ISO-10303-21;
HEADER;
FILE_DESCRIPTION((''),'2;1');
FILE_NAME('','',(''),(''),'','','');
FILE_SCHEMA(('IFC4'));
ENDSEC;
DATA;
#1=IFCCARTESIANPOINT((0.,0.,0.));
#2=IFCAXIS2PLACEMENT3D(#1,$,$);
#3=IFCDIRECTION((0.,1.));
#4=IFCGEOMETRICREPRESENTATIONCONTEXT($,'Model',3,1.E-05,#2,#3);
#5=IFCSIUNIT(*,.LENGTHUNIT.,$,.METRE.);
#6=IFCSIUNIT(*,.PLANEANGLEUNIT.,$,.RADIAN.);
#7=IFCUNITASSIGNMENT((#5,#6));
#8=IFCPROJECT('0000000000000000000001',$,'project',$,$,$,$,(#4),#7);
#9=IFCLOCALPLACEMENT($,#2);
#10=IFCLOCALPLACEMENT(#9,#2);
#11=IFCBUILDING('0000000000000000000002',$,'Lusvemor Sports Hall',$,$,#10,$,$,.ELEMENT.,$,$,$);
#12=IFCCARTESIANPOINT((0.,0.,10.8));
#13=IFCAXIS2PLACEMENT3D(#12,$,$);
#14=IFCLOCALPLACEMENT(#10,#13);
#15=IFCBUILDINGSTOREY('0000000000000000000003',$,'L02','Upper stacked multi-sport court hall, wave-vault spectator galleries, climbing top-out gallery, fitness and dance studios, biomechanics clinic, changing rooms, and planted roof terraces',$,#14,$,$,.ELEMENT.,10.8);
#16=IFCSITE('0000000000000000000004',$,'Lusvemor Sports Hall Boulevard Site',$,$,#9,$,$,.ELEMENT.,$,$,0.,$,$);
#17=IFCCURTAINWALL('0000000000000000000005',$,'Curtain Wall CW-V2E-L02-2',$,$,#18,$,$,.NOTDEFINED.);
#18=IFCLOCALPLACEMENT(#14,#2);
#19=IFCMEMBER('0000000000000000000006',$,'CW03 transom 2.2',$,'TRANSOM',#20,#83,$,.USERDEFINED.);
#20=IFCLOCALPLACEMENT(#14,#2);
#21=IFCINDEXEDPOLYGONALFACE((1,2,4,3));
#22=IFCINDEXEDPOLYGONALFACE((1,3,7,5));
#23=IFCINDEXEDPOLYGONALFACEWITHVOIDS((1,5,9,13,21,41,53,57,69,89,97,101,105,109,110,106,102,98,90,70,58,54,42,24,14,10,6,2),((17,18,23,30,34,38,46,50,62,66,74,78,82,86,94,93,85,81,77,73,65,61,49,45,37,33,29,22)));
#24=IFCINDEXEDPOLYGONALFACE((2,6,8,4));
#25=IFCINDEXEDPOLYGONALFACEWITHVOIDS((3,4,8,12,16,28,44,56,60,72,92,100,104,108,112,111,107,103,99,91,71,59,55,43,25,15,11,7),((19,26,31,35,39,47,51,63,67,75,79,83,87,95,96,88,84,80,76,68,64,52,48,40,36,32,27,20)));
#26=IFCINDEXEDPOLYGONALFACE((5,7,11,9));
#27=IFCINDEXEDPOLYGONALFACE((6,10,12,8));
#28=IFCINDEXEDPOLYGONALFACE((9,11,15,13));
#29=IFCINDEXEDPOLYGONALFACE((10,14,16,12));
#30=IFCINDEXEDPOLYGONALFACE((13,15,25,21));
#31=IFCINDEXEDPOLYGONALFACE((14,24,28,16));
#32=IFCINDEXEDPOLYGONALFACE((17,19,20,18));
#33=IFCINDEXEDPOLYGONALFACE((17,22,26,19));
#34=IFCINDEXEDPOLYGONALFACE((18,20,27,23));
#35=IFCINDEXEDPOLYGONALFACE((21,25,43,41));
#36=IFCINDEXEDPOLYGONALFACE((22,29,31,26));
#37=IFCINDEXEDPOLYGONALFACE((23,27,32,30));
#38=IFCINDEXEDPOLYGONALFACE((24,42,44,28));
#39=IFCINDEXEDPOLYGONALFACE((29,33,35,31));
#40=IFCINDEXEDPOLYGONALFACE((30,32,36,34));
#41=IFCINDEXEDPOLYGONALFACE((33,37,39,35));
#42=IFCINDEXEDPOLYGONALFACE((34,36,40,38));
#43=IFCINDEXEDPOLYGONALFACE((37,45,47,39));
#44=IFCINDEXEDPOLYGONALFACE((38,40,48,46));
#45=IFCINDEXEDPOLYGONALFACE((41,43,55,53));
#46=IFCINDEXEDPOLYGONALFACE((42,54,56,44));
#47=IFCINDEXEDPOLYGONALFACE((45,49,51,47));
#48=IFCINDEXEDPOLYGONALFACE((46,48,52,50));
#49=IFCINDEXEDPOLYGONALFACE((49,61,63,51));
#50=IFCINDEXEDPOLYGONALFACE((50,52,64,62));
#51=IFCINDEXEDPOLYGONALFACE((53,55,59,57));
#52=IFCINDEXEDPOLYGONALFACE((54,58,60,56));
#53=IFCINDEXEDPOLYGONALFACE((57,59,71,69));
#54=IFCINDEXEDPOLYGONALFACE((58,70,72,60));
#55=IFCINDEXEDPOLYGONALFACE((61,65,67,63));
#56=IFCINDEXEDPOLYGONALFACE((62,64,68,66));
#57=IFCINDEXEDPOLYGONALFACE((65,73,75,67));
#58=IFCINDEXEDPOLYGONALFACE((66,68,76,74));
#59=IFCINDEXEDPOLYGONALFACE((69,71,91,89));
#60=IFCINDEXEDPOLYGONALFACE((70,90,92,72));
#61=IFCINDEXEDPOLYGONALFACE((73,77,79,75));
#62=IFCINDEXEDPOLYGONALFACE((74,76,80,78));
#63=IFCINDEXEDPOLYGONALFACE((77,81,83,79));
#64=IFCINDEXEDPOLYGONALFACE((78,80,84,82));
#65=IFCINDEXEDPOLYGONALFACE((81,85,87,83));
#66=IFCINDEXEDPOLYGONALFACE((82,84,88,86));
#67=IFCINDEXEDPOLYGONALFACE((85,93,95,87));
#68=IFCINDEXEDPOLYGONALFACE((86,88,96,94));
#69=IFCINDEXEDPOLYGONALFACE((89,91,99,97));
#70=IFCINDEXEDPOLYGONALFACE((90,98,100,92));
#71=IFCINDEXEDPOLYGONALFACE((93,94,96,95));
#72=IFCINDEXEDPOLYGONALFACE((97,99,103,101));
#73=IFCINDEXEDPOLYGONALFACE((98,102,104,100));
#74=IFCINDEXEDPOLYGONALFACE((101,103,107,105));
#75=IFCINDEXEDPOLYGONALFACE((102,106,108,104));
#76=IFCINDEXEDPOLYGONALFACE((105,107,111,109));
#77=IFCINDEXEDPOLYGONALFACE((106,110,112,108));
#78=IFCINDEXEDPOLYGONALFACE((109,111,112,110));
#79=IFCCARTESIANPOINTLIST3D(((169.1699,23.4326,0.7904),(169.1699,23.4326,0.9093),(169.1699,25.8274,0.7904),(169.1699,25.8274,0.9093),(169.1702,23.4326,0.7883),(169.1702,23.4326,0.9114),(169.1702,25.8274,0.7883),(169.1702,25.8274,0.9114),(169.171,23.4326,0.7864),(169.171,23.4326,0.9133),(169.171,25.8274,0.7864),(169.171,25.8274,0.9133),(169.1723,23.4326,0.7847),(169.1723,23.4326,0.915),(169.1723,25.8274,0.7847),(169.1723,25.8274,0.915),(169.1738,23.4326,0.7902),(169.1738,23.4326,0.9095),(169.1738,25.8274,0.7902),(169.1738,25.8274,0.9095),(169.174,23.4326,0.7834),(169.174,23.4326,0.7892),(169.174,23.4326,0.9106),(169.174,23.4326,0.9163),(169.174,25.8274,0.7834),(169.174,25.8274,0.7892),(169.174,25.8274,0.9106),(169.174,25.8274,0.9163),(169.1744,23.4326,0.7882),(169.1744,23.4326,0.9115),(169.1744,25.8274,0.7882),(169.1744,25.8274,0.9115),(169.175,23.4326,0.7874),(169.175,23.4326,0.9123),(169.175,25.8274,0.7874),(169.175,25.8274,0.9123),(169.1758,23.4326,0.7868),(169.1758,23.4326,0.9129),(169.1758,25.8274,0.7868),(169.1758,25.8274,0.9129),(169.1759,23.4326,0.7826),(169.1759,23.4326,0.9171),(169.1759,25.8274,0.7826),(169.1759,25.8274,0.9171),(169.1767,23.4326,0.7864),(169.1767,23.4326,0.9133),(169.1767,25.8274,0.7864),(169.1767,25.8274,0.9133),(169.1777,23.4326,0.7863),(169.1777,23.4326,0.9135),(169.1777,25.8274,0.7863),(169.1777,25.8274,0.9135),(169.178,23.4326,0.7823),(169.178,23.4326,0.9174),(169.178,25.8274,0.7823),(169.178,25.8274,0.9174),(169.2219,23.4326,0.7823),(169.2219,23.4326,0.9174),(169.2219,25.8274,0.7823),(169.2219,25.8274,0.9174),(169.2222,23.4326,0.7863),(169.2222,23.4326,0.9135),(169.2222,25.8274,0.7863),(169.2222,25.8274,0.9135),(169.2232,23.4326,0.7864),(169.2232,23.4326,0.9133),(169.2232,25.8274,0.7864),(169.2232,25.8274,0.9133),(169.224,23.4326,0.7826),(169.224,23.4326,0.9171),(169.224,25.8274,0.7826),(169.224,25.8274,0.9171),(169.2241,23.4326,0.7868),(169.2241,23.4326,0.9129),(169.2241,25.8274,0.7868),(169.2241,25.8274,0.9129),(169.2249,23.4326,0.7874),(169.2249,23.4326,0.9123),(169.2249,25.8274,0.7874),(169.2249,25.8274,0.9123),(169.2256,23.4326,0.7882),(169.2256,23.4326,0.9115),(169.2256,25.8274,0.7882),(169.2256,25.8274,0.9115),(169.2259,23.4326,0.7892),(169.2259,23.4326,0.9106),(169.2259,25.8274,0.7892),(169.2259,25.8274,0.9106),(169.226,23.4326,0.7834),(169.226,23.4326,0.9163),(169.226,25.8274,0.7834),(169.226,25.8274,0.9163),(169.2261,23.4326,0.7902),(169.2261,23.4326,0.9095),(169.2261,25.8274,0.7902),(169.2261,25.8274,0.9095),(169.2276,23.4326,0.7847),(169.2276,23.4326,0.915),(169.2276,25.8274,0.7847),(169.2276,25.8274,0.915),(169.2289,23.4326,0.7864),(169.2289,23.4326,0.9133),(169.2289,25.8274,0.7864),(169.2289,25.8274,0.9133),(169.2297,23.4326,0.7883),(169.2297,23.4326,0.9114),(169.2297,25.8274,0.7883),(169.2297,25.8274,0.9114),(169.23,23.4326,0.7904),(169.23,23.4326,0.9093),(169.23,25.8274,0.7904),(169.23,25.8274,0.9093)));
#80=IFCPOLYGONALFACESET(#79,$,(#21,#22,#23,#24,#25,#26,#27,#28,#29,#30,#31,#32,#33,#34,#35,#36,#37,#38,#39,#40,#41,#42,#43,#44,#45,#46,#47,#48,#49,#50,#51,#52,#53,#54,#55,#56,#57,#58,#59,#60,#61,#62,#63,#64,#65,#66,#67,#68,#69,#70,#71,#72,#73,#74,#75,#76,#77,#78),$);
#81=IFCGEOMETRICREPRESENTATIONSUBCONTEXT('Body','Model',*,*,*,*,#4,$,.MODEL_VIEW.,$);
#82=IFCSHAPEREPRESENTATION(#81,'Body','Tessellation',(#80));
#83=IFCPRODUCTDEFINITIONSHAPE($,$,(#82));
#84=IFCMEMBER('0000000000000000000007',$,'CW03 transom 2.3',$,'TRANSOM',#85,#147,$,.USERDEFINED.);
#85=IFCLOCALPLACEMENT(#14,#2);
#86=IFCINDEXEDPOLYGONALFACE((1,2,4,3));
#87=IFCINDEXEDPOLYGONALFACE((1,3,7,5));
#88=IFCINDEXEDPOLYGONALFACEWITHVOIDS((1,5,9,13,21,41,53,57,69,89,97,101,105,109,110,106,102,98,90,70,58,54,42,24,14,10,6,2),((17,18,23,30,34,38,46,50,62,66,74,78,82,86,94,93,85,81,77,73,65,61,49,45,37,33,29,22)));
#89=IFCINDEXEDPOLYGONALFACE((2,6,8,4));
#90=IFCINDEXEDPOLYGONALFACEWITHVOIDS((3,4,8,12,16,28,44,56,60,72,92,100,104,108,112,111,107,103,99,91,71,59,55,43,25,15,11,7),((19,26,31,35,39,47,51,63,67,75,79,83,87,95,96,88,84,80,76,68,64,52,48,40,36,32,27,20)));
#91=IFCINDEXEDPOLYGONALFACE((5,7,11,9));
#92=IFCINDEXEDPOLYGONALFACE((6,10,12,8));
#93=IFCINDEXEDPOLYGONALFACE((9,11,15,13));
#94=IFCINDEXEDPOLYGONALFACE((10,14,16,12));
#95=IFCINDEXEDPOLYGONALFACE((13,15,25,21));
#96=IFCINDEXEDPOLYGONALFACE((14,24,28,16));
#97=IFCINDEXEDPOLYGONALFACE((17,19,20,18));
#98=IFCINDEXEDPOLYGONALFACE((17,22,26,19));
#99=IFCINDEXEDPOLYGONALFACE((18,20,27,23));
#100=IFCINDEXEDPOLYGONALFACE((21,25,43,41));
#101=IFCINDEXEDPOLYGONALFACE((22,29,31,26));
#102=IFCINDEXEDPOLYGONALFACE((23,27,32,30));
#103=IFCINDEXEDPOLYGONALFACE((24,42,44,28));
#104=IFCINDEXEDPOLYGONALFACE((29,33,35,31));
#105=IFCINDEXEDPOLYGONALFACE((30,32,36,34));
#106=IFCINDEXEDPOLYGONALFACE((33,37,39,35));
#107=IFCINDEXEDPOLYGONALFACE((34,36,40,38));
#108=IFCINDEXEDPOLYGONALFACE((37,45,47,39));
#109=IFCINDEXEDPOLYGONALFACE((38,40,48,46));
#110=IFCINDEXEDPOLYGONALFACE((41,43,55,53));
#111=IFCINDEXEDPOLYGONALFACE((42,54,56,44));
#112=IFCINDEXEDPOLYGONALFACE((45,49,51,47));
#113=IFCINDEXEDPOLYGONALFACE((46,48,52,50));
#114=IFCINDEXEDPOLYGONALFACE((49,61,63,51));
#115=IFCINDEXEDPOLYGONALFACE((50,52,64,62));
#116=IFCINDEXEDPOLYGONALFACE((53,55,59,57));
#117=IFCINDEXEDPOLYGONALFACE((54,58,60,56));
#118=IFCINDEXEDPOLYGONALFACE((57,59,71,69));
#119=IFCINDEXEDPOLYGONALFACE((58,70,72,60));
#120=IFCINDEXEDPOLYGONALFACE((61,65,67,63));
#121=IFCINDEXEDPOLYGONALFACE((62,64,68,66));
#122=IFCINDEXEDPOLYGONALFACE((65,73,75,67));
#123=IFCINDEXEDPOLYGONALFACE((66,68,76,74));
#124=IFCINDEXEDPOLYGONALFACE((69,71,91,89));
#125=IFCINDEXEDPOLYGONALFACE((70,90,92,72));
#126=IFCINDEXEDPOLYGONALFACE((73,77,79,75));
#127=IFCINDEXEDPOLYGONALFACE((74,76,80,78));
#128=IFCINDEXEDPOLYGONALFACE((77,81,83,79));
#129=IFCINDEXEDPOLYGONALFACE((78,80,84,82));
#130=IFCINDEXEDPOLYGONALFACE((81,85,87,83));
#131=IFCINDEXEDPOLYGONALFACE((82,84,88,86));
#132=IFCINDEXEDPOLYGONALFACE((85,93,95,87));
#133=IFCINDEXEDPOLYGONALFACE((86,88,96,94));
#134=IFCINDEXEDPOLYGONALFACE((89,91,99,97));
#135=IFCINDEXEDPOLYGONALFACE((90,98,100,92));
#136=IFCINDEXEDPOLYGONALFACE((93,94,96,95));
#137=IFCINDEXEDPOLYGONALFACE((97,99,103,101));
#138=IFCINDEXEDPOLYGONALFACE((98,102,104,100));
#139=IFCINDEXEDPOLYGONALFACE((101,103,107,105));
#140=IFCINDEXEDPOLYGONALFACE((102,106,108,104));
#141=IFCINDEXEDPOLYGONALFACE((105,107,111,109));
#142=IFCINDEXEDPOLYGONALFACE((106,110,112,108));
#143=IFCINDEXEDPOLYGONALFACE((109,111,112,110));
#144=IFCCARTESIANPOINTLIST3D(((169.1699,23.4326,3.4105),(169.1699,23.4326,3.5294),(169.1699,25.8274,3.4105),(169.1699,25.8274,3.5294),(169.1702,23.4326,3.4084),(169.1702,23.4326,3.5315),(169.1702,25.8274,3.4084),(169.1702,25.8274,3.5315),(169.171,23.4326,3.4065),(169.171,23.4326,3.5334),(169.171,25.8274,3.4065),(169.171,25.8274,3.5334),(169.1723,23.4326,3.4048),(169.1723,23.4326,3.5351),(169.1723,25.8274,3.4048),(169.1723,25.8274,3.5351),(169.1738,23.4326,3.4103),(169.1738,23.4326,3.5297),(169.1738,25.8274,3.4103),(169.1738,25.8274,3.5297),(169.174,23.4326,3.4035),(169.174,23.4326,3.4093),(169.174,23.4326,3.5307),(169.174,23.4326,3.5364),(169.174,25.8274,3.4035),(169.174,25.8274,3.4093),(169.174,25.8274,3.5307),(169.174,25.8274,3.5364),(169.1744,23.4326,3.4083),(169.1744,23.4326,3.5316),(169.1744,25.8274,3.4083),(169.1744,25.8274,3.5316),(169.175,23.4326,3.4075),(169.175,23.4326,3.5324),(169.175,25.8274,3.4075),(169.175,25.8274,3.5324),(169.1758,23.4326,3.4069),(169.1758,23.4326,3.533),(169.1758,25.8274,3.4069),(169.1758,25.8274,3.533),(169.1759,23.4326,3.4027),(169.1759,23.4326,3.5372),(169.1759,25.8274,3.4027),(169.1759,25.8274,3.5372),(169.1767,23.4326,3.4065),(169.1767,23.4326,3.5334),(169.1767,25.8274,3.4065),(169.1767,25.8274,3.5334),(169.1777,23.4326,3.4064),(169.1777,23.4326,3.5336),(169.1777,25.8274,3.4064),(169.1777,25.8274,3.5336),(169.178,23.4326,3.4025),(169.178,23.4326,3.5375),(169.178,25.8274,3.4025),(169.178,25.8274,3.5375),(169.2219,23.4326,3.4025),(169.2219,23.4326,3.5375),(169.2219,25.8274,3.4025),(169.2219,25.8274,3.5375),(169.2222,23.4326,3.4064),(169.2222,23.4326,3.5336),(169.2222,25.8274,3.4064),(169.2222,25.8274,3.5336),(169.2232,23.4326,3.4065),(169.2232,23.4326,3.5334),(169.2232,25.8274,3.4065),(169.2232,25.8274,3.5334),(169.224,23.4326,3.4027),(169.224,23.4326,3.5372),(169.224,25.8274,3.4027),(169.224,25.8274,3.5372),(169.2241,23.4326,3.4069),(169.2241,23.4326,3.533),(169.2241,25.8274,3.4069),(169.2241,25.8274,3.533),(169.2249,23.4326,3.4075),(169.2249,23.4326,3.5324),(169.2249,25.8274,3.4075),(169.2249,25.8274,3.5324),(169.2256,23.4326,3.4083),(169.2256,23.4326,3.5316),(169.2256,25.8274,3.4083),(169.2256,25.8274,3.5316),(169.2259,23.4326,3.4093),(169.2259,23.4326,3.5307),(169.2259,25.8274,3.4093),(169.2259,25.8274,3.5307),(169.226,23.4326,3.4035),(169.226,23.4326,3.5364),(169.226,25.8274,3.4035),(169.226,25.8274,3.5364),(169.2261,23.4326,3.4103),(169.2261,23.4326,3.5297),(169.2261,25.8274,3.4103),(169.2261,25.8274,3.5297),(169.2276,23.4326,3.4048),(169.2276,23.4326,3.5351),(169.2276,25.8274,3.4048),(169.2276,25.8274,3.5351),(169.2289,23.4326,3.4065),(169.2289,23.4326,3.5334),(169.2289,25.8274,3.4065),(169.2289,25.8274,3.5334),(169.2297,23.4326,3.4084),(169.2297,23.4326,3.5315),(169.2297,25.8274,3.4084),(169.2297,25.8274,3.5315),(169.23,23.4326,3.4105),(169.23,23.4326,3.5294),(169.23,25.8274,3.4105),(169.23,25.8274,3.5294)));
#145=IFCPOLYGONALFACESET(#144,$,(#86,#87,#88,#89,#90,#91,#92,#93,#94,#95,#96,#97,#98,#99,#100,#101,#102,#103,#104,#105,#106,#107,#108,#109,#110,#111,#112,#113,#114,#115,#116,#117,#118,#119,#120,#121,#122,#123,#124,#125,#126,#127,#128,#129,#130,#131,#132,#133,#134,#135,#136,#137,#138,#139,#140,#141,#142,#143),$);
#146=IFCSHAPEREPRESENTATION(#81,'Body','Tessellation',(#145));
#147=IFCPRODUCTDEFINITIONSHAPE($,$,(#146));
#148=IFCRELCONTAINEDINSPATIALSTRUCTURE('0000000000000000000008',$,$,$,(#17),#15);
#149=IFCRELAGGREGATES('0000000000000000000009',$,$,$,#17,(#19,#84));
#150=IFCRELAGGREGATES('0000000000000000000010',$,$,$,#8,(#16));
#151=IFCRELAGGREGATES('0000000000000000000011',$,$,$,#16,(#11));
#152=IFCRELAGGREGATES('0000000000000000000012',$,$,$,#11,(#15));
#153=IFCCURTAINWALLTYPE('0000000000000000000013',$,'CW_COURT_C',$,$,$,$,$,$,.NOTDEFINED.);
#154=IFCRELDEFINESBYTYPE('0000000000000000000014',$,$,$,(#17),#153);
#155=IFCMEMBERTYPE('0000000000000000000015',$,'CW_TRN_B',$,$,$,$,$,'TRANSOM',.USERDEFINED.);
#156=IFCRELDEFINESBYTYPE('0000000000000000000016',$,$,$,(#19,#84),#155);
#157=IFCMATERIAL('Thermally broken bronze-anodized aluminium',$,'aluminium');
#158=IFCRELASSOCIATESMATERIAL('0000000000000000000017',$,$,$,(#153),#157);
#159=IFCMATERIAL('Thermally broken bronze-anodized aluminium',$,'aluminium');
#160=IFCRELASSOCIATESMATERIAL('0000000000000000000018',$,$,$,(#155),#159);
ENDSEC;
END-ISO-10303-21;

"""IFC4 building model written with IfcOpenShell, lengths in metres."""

from ifc_helpers import new_model, si_unit, direction, frame, origin, origin_2d, place, context, subcontext, project, spatial, hollow_rectangle, extrude, material, material_profile, profile_set, type_object, element, aggregate, save


model = new_model("IFC4")

# Units and contexts
model_context = context("Model", 3, precision=1e-05, world=origin(), true_north=direction((0.0, 1.0)))
body_context = subcontext(model_context, "Body", "Model", "MODEL_VIEW")
ifc_project = project(units=[si_unit("LENGTHUNIT", "METRE"), si_unit("PLANEANGLEUNIT", "RADIAN")], contexts=[model_context])

# Site, building, storey
site_placement = place(None, origin())
site = spatial("IfcSite", under=ifc_project, at=site_placement, Name="Lusvemor Sports Hall Boulevard Site", CompositionType="ELEMENT", RefElevation=0.0)
building_placement = place(site_placement, origin())
building = spatial("IfcBuilding", under=site, at=building_placement, Name="Lusvemor Sports Hall", CompositionType="ELEMENT")
storey_placement = place(building_placement, frame((0.0, 0.0, 10.8)))
storey = spatial("IfcBuildingStorey", under=building, at=storey_placement, Name="L02", Description="Upper stacked multi-sport court hall, wave-vault spectator galleries, climbing top-out gallery, fitness and dance studios, biomechanics clinic, changing rooms, and planted roof terraces", CompositionType="ELEMENT", Elevation=10.8)

# Curtain wall
ifc_material_1 = material(Name="Thermally broken bronze-anodized aluminium", Category="aluminium")
curtain_wall_type = type_object("IfcCurtainWallType", Name="CW_COURT_C", PredefinedType="NOTDEFINED", material=ifc_material_1)
curtain_wall_1_placement = place(storey_placement, origin())
curtain_wall_1 = element("IfcCurtainWall", 1, at=curtain_wall_1_placement, inside=storey, type_object=curtain_wall_type, Name="Curtain Wall CW-V2E-L02-2", PredefinedType="NOTDEFINED")

# Members
ifc_material_2 = material(Name="Thermally broken bronze-anodized aluminium", Category="aluminium")
ifc_material_profile_1 = material_profile(ifc_material_2, hollow_rectangle(XDim=0.0601, YDim=0.135, WallThickness=0.0039, InnerFilletRadius=0.0039, OuterFilletRadius=0.0081, at=origin_2d()), Name="CWTRN135x60x4")
ifc_profile_set_1 = profile_set([ifc_material_profile_1], Name="Thermally broken bronze-anodized aluminium")
member_type_1 = type_object("IfcMemberType", Name="CW_TRN_B", ElementType="TRANSOM", PredefinedType="USERDEFINED", material=ifc_profile_set_1)
member_1_placement = place(storey_placement, frame((169.2, 25.8274, 0.8499), z_axis=(0.0, -1.0, 0.0), x_axis=(1.0, 0.0, 0.0)))
member_1 = element("IfcMember", 2, at=member_1_placement, type_object=member_type_1, Name="CW03 transom 2.2", ObjectType="TRANSOM", PredefinedType="USERDEFINED", context=body_context, shape_type="SweptSolid", body=[
    extrude(hollow_rectangle(XDim=0.0601, YDim=0.135, WallThickness=0.0039, InnerFilletRadius=0.0039, OuterFilletRadius=0.0081, at=origin_2d()), origin(), (0.0, 0.0, 1.0), 2.3948),
])
member_2_placement = place(storey_placement, frame((169.2, 25.8274, 3.47), z_axis=(0.0, -1.0, 0.0), x_axis=(1.0, 0.0, 0.0)))
member_2 = element("IfcMember", 3, at=member_2_placement, type_object=member_type_1, Name="CW03 transom 2.3", ObjectType="TRANSOM", PredefinedType="USERDEFINED", context=body_context, shape_type="SweptSolid", body=[
    extrude(hollow_rectangle(XDim=0.0601, YDim=0.135, WallThickness=0.0039, InnerFilletRadius=0.0039, OuterFilletRadius=0.0081, at=origin_2d()), origin(), (0.0, 0.0, 1.0), 2.3948),
])

aggregate(curtain_wall_1, [member_1, member_2])

save(model, "model.ifc")
